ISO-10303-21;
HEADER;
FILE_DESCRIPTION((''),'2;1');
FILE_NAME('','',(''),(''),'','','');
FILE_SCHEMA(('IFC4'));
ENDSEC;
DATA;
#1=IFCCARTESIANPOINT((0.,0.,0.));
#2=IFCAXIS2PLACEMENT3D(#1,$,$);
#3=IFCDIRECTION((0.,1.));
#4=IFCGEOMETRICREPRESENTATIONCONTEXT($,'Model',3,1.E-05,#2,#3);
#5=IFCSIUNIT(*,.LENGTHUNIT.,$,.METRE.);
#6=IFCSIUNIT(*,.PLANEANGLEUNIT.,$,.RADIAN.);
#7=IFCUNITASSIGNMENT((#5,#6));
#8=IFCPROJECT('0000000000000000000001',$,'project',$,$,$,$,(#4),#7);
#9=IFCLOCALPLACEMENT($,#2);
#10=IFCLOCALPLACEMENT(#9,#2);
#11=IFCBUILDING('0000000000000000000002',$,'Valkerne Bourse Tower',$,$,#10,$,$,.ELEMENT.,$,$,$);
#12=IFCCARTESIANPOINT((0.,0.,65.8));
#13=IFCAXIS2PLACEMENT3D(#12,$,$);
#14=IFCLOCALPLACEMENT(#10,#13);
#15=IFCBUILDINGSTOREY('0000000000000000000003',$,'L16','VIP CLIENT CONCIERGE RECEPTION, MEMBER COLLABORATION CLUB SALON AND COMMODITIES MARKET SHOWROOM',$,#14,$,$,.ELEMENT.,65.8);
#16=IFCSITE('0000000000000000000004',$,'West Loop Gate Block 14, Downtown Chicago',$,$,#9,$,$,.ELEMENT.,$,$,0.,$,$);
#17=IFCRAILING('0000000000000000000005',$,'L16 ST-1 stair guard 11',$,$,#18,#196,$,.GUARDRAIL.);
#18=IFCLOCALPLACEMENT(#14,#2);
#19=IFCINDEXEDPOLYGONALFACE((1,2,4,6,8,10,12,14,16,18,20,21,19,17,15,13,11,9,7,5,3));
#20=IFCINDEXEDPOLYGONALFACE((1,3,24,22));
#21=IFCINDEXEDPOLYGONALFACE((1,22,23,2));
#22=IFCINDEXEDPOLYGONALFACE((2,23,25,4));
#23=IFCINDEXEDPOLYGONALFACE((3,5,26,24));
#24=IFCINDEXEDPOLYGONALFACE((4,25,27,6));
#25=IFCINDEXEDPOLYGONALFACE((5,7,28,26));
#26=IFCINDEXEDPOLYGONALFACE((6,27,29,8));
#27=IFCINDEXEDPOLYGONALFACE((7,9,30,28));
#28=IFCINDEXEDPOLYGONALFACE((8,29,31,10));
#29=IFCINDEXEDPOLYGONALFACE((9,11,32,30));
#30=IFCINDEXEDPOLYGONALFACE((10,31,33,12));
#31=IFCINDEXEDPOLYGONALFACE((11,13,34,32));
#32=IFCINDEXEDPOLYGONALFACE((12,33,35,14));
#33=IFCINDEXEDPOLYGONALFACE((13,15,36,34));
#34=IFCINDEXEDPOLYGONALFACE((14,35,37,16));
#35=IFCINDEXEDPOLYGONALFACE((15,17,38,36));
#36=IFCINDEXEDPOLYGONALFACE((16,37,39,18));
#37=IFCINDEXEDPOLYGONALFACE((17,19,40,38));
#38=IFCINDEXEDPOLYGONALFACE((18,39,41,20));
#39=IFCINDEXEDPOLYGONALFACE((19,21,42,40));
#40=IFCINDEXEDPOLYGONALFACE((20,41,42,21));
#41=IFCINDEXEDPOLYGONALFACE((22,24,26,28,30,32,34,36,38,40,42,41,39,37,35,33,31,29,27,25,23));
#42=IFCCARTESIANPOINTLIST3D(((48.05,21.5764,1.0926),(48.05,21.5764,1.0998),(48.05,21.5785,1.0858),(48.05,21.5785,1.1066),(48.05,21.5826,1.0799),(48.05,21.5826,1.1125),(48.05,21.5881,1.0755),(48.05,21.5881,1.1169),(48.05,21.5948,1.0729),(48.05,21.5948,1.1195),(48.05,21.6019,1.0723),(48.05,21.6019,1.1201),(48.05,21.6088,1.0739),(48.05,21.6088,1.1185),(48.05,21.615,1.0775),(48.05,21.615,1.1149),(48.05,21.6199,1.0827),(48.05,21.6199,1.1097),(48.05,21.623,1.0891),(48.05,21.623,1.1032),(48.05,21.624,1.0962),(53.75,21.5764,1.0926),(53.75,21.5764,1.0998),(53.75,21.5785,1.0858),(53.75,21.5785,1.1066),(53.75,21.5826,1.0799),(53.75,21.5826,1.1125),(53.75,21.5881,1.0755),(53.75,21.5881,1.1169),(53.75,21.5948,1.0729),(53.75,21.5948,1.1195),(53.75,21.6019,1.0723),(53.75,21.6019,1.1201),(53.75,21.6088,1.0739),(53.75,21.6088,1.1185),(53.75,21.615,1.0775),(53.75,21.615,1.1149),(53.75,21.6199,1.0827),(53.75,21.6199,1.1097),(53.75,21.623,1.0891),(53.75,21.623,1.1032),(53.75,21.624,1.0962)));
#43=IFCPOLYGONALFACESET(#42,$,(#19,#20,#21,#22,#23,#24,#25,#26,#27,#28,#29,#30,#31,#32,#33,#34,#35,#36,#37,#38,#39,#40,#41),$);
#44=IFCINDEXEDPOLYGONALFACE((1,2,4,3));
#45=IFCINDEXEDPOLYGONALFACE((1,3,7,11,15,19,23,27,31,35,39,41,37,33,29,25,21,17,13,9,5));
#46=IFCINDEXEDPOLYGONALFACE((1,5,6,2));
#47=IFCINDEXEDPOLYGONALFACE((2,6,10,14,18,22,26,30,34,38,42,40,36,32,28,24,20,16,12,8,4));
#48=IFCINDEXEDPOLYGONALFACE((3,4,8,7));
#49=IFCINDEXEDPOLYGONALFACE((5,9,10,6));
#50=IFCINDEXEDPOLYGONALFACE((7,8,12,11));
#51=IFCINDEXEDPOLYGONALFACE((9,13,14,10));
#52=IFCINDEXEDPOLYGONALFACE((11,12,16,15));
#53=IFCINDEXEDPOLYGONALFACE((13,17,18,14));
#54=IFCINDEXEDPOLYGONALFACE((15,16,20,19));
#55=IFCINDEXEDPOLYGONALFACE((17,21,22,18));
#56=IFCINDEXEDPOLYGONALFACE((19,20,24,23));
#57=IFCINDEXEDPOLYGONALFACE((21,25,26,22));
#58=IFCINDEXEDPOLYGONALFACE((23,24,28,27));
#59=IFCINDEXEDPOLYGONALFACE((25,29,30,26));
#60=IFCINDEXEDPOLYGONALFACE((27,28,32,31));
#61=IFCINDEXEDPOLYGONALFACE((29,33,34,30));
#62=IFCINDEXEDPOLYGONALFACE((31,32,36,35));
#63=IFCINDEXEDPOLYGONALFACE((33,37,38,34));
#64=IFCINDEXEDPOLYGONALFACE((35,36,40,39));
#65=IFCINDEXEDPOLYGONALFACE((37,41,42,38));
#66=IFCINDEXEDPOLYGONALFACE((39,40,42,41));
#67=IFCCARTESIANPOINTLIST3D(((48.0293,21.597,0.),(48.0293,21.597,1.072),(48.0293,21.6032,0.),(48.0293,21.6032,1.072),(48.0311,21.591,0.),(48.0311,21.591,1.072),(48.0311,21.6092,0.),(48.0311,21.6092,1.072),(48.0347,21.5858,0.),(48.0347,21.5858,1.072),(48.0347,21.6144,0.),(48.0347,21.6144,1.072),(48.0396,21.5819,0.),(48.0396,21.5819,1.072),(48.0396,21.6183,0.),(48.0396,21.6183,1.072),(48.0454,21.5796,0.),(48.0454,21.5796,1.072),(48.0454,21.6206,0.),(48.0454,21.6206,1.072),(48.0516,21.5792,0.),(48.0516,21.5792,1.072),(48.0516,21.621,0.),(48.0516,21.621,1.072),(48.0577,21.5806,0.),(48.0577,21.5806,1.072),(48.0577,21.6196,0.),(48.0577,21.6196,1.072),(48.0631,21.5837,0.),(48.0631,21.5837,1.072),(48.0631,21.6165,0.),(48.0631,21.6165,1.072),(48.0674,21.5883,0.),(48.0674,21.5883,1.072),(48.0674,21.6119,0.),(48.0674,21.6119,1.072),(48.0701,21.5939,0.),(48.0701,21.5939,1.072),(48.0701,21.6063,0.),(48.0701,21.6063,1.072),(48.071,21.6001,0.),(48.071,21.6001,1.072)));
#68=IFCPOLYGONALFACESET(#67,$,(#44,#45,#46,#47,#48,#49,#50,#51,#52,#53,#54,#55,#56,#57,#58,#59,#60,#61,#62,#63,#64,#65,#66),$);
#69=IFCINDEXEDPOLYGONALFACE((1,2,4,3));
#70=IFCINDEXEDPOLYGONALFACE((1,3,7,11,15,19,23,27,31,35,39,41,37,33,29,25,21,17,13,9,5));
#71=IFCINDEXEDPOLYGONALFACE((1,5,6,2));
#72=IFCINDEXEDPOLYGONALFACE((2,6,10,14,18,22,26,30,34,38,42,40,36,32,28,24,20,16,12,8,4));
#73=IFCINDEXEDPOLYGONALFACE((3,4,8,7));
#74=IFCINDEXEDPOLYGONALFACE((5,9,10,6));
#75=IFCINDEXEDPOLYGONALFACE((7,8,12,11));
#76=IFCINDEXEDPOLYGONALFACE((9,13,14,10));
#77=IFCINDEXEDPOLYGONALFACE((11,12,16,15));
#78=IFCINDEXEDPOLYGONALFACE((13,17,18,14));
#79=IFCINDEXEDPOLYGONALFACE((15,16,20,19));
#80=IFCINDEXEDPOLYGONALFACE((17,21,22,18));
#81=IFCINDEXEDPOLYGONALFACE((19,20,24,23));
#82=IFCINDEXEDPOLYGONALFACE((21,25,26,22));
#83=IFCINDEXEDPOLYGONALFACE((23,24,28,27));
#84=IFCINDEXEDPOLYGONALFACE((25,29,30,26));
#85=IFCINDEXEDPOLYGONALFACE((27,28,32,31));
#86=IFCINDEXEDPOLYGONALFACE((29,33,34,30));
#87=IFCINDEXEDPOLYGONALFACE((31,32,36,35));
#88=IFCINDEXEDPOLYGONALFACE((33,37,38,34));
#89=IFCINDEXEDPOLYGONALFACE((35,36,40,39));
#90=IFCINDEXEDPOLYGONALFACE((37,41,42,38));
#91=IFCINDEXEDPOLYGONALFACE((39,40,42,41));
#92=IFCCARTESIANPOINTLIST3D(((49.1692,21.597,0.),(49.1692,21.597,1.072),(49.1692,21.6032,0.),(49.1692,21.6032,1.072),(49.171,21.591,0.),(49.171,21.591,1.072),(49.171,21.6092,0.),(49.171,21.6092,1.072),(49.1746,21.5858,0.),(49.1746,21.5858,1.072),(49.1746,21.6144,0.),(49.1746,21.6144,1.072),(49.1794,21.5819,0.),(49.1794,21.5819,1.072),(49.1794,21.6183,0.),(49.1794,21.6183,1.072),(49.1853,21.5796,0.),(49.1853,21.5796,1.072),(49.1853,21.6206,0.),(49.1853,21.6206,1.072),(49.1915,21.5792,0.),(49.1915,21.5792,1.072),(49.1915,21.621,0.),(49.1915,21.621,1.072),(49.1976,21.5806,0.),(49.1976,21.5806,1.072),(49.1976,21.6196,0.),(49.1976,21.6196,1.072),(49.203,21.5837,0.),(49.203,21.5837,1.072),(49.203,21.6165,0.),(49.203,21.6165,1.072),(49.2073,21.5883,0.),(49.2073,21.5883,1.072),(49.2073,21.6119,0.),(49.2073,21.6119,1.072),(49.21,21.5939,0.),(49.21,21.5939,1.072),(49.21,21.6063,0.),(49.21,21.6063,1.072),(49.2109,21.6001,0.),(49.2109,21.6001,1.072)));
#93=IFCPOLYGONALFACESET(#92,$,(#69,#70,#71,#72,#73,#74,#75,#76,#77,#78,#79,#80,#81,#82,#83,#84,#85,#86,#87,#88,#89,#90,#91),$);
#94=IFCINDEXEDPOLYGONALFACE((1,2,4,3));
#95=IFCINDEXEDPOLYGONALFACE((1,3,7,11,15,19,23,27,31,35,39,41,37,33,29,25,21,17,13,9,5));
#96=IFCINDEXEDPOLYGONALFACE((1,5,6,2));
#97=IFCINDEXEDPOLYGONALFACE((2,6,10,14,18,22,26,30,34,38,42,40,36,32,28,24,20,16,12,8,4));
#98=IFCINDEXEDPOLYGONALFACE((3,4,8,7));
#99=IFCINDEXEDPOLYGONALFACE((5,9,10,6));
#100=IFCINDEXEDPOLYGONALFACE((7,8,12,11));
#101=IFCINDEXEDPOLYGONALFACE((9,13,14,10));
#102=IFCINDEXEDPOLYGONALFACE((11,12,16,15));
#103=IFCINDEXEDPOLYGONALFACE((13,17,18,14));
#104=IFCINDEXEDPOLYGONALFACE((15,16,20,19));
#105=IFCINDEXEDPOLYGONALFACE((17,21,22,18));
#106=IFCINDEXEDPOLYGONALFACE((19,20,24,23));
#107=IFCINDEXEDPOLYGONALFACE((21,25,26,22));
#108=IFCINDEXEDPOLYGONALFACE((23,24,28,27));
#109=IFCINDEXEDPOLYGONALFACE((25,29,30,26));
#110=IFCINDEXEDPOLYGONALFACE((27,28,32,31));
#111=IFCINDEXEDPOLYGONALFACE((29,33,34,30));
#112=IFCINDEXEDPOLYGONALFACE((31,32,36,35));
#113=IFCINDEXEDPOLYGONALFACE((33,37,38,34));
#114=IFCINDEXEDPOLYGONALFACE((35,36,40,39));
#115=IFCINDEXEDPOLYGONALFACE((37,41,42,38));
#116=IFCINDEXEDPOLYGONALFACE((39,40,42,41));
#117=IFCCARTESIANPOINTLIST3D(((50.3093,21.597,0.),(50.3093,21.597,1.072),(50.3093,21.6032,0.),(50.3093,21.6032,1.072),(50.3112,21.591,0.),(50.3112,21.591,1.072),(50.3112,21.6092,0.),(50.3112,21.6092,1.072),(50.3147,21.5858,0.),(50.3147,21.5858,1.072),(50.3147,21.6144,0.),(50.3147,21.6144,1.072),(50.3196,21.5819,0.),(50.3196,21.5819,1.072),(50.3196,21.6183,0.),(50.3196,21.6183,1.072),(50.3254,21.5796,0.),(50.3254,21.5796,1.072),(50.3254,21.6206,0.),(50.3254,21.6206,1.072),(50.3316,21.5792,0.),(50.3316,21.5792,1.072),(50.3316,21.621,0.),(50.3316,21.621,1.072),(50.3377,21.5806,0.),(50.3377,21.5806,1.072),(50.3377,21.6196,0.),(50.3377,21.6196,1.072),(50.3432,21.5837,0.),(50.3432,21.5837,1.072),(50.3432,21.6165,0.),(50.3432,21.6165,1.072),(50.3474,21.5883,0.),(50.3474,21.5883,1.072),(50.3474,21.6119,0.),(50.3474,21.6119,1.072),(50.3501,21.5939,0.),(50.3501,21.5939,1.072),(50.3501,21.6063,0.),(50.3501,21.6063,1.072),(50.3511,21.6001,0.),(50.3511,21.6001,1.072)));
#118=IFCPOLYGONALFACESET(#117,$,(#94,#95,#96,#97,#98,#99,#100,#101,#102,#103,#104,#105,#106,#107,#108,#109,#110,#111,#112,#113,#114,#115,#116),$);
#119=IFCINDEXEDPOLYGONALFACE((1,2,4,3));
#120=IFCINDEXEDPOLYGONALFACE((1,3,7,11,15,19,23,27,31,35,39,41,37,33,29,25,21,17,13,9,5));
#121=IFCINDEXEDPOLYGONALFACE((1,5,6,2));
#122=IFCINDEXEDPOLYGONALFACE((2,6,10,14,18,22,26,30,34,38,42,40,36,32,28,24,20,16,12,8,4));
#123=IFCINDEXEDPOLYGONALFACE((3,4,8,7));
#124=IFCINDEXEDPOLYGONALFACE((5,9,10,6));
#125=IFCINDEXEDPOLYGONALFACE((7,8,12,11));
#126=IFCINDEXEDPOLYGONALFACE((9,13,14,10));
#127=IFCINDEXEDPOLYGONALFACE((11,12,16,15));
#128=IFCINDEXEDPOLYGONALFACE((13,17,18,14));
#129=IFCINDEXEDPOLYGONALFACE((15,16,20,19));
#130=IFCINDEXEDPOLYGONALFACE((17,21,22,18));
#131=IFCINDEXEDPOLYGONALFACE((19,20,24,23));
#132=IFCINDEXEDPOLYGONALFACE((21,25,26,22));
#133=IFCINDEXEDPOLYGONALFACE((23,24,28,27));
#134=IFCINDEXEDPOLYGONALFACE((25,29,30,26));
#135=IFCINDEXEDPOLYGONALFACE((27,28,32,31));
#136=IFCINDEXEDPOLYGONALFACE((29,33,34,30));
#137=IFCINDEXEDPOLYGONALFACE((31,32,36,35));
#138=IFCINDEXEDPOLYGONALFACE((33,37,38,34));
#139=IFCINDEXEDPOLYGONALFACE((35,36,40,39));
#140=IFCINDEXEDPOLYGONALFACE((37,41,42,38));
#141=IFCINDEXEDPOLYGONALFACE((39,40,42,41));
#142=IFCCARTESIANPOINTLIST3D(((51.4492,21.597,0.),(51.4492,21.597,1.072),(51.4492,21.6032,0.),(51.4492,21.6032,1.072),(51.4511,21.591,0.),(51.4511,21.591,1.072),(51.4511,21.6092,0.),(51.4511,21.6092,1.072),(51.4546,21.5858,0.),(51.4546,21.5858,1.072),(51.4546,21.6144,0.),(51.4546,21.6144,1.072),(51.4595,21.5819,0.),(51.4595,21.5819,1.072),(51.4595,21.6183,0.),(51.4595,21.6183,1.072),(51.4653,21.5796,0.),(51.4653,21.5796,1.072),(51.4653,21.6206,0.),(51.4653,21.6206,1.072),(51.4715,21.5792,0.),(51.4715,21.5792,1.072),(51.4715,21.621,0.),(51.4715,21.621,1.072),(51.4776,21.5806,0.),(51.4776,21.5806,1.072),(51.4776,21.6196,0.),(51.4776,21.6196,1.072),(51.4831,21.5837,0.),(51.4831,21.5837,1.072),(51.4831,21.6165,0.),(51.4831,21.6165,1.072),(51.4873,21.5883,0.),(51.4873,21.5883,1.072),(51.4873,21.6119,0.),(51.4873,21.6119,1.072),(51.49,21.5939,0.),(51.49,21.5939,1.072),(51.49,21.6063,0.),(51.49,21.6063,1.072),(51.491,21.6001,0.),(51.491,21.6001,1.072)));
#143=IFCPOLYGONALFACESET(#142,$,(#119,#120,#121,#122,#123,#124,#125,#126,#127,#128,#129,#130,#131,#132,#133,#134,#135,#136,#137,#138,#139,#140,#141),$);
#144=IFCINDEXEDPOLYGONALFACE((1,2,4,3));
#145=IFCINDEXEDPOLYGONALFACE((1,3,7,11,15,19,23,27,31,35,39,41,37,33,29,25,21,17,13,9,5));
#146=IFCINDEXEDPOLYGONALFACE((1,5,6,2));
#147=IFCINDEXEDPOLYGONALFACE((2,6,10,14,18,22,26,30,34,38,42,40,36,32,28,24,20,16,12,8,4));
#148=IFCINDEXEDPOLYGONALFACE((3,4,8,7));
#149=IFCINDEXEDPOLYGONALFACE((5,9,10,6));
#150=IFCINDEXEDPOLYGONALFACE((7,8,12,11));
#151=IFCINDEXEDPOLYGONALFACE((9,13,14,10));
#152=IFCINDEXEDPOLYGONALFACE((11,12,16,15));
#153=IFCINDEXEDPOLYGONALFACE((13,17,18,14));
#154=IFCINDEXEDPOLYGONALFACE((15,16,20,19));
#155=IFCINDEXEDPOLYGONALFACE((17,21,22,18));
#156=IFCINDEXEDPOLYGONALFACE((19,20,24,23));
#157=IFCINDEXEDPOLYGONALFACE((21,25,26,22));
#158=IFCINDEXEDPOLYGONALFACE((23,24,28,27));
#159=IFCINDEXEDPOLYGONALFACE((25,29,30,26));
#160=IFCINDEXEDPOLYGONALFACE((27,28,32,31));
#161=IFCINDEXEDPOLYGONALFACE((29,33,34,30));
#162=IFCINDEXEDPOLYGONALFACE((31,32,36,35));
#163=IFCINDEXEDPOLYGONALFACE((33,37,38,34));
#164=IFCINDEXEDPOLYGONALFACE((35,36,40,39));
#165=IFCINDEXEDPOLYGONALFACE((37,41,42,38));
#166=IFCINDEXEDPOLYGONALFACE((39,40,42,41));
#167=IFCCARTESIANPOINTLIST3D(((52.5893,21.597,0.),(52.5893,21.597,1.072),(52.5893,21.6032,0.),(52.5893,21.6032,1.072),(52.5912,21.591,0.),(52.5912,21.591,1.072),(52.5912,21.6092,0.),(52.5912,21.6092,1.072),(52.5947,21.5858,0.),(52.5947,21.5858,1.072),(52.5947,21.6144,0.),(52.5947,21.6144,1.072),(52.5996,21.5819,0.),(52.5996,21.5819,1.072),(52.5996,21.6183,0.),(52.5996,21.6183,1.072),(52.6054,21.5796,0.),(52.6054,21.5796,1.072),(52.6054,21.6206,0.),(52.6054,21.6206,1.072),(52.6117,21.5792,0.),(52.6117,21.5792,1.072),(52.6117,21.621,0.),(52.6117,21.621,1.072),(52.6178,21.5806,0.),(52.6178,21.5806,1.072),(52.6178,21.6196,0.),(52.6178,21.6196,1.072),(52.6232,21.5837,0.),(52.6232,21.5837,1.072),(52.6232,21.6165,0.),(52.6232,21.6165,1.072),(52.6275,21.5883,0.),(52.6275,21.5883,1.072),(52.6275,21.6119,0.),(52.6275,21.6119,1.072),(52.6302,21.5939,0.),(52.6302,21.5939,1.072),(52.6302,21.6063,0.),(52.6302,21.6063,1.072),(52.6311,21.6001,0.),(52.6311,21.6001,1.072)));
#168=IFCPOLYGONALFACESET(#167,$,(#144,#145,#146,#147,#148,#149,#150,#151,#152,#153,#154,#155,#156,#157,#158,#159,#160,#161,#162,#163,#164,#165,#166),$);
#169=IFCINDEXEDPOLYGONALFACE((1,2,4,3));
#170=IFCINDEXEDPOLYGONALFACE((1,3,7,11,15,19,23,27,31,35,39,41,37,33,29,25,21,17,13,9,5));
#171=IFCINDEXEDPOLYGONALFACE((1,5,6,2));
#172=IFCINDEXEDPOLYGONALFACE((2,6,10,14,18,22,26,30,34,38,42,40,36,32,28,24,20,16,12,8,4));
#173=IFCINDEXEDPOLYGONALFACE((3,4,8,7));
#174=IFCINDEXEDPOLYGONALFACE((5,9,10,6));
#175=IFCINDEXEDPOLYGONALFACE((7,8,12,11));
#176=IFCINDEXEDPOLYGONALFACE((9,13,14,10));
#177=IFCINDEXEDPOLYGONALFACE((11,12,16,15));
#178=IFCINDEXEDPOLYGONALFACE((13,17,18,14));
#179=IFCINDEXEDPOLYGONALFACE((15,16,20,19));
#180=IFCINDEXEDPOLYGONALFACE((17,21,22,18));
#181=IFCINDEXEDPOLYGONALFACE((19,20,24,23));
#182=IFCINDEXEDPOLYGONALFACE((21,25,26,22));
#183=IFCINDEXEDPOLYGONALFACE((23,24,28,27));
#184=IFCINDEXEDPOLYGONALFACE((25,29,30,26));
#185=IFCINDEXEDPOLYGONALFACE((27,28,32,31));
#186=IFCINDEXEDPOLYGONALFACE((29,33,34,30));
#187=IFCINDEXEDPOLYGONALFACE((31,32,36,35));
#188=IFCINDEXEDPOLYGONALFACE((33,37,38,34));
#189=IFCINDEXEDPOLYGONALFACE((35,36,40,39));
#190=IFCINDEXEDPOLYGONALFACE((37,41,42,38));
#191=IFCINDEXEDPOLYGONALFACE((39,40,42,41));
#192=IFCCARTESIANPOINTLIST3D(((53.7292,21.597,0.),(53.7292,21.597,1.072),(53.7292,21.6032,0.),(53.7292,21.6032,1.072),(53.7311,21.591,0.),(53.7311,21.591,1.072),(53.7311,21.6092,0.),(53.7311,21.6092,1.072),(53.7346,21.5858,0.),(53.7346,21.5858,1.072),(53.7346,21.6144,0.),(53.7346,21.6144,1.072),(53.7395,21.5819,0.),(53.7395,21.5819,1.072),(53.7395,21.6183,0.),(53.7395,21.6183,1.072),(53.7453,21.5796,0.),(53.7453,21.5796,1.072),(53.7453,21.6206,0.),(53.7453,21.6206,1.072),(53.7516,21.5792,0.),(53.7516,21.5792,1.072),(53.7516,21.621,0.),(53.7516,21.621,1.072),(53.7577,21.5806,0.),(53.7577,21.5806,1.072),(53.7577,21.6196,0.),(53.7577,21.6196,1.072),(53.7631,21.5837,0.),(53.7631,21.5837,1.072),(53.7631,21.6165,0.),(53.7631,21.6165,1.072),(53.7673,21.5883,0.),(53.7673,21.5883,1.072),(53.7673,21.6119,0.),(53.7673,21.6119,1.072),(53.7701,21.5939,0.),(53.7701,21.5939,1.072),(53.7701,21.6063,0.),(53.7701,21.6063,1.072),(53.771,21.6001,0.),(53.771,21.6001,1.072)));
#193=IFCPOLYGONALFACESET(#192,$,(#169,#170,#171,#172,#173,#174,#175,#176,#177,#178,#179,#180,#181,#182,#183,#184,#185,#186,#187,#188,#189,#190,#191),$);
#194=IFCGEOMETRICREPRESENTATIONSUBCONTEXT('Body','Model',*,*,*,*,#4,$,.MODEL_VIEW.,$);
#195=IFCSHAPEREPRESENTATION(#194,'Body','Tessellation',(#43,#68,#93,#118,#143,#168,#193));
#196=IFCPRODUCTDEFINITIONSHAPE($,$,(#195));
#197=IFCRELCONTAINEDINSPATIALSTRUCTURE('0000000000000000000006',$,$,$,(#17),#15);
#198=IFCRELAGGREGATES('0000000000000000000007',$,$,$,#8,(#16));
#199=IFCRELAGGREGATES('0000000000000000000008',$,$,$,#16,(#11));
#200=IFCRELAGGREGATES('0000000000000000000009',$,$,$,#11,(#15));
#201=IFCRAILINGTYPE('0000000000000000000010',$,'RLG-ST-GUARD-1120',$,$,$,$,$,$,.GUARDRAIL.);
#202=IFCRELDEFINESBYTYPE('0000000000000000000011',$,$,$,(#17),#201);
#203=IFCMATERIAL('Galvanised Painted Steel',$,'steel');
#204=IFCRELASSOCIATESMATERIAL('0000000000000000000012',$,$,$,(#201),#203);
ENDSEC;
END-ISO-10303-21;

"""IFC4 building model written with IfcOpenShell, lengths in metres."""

from ifc_helpers import new_model, si_unit, direction, frame, origin, origin_2d, place, context, subcontext, project, spatial, circle, extrude, material, type_object, element, save


model = new_model("IFC4")

# Units and contexts
model_context = context("Model", 3, precision=1e-05, world=origin(), true_north=direction((0.0, 1.0)))
body_context = subcontext(model_context, "Body", "Model", "MODEL_VIEW")
ifc_project = project(units=[si_unit("LENGTHUNIT", "METRE"), si_unit("PLANEANGLEUNIT", "RADIAN")], contexts=[model_context])

# Site, building, storey
site_placement = place(None, origin())
site = spatial("IfcSite", under=ifc_project, at=site_placement, Name="West Loop Gate Block 14, Downtown Chicago", CompositionType="ELEMENT", RefElevation=0.0)
building_placement = place(site_placement, origin())
building = spatial("IfcBuilding", under=site, at=building_placement, Name="Valkerne Bourse Tower", CompositionType="ELEMENT")
storey_placement = place(building_placement, frame((0.0, 0.0, 65.8)))
storey = spatial("IfcBuildingStorey", under=building, at=storey_placement, Name="L16", Description="VIP CLIENT CONCIERGE RECEPTION, MEMBER COLLABORATION CLUB SALON AND COMMODITIES MARKET SHOWROOM", CompositionType="ELEMENT", Elevation=65.8)

# Shared definitions
ifc_material_1 = material(Name="Galvanised Painted Steel", Category="steel")

# Railing
railing_type_1 = type_object("IfcRailingType", Name="RLG-ST-GUARD-1120", PredefinedType="GUARDRAIL", material=ifc_material_1)
for number, where, name in (
    (1, (48.05, 21.6001, 0.0), "L16 ST-1 stair guard 11"),
):
    element("IfcRailing", number, at=place(storey_placement, frame(where)), inside=storey, type_object=railing_type_1, Name=name, PredefinedType="GUARDRAIL", context=body_context, shape_type="SweptSolid", body=[
        extrude(circle(Radius=0.0239, at=origin_2d()), frame((0.0, 0.0, 1.0962), z_axis=(1.0, 0.0, 0.0), x_axis=(0.0, 1.0, 0.0)), (0.0, 0.0, 1.0), 5.7),
        extrude(circle(Radius=0.021, at=origin_2d()), origin(), (0.0, 0.0, 1.0), 1.072),
        extrude(circle(Radius=0.021, at=origin_2d()), frame((1.1399, 0.0, 0.0)), (0.0, 0.0, 1.0), 1.072),
        extrude(circle(Radius=0.021, at=origin_2d()), frame((2.28, 0.0, 0.0)), (0.0, 0.0, 1.0), 1.072),
        extrude(circle(Radius=0.021, at=origin_2d()), frame((3.4199, 0.0, 0.0)), (0.0, 0.0, 1.0), 1.072),
        extrude(circle(Radius=0.021, at=origin_2d()), frame((4.5601, 0.0, 0.0)), (0.0, 0.0, 1.0), 1.072),
        extrude(circle(Radius=0.021, at=origin_2d()), frame((5.7, 0.0, 0.0)), (0.0, 0.0, 1.0), 1.072),
    ])

save(model, "model.ifc")
